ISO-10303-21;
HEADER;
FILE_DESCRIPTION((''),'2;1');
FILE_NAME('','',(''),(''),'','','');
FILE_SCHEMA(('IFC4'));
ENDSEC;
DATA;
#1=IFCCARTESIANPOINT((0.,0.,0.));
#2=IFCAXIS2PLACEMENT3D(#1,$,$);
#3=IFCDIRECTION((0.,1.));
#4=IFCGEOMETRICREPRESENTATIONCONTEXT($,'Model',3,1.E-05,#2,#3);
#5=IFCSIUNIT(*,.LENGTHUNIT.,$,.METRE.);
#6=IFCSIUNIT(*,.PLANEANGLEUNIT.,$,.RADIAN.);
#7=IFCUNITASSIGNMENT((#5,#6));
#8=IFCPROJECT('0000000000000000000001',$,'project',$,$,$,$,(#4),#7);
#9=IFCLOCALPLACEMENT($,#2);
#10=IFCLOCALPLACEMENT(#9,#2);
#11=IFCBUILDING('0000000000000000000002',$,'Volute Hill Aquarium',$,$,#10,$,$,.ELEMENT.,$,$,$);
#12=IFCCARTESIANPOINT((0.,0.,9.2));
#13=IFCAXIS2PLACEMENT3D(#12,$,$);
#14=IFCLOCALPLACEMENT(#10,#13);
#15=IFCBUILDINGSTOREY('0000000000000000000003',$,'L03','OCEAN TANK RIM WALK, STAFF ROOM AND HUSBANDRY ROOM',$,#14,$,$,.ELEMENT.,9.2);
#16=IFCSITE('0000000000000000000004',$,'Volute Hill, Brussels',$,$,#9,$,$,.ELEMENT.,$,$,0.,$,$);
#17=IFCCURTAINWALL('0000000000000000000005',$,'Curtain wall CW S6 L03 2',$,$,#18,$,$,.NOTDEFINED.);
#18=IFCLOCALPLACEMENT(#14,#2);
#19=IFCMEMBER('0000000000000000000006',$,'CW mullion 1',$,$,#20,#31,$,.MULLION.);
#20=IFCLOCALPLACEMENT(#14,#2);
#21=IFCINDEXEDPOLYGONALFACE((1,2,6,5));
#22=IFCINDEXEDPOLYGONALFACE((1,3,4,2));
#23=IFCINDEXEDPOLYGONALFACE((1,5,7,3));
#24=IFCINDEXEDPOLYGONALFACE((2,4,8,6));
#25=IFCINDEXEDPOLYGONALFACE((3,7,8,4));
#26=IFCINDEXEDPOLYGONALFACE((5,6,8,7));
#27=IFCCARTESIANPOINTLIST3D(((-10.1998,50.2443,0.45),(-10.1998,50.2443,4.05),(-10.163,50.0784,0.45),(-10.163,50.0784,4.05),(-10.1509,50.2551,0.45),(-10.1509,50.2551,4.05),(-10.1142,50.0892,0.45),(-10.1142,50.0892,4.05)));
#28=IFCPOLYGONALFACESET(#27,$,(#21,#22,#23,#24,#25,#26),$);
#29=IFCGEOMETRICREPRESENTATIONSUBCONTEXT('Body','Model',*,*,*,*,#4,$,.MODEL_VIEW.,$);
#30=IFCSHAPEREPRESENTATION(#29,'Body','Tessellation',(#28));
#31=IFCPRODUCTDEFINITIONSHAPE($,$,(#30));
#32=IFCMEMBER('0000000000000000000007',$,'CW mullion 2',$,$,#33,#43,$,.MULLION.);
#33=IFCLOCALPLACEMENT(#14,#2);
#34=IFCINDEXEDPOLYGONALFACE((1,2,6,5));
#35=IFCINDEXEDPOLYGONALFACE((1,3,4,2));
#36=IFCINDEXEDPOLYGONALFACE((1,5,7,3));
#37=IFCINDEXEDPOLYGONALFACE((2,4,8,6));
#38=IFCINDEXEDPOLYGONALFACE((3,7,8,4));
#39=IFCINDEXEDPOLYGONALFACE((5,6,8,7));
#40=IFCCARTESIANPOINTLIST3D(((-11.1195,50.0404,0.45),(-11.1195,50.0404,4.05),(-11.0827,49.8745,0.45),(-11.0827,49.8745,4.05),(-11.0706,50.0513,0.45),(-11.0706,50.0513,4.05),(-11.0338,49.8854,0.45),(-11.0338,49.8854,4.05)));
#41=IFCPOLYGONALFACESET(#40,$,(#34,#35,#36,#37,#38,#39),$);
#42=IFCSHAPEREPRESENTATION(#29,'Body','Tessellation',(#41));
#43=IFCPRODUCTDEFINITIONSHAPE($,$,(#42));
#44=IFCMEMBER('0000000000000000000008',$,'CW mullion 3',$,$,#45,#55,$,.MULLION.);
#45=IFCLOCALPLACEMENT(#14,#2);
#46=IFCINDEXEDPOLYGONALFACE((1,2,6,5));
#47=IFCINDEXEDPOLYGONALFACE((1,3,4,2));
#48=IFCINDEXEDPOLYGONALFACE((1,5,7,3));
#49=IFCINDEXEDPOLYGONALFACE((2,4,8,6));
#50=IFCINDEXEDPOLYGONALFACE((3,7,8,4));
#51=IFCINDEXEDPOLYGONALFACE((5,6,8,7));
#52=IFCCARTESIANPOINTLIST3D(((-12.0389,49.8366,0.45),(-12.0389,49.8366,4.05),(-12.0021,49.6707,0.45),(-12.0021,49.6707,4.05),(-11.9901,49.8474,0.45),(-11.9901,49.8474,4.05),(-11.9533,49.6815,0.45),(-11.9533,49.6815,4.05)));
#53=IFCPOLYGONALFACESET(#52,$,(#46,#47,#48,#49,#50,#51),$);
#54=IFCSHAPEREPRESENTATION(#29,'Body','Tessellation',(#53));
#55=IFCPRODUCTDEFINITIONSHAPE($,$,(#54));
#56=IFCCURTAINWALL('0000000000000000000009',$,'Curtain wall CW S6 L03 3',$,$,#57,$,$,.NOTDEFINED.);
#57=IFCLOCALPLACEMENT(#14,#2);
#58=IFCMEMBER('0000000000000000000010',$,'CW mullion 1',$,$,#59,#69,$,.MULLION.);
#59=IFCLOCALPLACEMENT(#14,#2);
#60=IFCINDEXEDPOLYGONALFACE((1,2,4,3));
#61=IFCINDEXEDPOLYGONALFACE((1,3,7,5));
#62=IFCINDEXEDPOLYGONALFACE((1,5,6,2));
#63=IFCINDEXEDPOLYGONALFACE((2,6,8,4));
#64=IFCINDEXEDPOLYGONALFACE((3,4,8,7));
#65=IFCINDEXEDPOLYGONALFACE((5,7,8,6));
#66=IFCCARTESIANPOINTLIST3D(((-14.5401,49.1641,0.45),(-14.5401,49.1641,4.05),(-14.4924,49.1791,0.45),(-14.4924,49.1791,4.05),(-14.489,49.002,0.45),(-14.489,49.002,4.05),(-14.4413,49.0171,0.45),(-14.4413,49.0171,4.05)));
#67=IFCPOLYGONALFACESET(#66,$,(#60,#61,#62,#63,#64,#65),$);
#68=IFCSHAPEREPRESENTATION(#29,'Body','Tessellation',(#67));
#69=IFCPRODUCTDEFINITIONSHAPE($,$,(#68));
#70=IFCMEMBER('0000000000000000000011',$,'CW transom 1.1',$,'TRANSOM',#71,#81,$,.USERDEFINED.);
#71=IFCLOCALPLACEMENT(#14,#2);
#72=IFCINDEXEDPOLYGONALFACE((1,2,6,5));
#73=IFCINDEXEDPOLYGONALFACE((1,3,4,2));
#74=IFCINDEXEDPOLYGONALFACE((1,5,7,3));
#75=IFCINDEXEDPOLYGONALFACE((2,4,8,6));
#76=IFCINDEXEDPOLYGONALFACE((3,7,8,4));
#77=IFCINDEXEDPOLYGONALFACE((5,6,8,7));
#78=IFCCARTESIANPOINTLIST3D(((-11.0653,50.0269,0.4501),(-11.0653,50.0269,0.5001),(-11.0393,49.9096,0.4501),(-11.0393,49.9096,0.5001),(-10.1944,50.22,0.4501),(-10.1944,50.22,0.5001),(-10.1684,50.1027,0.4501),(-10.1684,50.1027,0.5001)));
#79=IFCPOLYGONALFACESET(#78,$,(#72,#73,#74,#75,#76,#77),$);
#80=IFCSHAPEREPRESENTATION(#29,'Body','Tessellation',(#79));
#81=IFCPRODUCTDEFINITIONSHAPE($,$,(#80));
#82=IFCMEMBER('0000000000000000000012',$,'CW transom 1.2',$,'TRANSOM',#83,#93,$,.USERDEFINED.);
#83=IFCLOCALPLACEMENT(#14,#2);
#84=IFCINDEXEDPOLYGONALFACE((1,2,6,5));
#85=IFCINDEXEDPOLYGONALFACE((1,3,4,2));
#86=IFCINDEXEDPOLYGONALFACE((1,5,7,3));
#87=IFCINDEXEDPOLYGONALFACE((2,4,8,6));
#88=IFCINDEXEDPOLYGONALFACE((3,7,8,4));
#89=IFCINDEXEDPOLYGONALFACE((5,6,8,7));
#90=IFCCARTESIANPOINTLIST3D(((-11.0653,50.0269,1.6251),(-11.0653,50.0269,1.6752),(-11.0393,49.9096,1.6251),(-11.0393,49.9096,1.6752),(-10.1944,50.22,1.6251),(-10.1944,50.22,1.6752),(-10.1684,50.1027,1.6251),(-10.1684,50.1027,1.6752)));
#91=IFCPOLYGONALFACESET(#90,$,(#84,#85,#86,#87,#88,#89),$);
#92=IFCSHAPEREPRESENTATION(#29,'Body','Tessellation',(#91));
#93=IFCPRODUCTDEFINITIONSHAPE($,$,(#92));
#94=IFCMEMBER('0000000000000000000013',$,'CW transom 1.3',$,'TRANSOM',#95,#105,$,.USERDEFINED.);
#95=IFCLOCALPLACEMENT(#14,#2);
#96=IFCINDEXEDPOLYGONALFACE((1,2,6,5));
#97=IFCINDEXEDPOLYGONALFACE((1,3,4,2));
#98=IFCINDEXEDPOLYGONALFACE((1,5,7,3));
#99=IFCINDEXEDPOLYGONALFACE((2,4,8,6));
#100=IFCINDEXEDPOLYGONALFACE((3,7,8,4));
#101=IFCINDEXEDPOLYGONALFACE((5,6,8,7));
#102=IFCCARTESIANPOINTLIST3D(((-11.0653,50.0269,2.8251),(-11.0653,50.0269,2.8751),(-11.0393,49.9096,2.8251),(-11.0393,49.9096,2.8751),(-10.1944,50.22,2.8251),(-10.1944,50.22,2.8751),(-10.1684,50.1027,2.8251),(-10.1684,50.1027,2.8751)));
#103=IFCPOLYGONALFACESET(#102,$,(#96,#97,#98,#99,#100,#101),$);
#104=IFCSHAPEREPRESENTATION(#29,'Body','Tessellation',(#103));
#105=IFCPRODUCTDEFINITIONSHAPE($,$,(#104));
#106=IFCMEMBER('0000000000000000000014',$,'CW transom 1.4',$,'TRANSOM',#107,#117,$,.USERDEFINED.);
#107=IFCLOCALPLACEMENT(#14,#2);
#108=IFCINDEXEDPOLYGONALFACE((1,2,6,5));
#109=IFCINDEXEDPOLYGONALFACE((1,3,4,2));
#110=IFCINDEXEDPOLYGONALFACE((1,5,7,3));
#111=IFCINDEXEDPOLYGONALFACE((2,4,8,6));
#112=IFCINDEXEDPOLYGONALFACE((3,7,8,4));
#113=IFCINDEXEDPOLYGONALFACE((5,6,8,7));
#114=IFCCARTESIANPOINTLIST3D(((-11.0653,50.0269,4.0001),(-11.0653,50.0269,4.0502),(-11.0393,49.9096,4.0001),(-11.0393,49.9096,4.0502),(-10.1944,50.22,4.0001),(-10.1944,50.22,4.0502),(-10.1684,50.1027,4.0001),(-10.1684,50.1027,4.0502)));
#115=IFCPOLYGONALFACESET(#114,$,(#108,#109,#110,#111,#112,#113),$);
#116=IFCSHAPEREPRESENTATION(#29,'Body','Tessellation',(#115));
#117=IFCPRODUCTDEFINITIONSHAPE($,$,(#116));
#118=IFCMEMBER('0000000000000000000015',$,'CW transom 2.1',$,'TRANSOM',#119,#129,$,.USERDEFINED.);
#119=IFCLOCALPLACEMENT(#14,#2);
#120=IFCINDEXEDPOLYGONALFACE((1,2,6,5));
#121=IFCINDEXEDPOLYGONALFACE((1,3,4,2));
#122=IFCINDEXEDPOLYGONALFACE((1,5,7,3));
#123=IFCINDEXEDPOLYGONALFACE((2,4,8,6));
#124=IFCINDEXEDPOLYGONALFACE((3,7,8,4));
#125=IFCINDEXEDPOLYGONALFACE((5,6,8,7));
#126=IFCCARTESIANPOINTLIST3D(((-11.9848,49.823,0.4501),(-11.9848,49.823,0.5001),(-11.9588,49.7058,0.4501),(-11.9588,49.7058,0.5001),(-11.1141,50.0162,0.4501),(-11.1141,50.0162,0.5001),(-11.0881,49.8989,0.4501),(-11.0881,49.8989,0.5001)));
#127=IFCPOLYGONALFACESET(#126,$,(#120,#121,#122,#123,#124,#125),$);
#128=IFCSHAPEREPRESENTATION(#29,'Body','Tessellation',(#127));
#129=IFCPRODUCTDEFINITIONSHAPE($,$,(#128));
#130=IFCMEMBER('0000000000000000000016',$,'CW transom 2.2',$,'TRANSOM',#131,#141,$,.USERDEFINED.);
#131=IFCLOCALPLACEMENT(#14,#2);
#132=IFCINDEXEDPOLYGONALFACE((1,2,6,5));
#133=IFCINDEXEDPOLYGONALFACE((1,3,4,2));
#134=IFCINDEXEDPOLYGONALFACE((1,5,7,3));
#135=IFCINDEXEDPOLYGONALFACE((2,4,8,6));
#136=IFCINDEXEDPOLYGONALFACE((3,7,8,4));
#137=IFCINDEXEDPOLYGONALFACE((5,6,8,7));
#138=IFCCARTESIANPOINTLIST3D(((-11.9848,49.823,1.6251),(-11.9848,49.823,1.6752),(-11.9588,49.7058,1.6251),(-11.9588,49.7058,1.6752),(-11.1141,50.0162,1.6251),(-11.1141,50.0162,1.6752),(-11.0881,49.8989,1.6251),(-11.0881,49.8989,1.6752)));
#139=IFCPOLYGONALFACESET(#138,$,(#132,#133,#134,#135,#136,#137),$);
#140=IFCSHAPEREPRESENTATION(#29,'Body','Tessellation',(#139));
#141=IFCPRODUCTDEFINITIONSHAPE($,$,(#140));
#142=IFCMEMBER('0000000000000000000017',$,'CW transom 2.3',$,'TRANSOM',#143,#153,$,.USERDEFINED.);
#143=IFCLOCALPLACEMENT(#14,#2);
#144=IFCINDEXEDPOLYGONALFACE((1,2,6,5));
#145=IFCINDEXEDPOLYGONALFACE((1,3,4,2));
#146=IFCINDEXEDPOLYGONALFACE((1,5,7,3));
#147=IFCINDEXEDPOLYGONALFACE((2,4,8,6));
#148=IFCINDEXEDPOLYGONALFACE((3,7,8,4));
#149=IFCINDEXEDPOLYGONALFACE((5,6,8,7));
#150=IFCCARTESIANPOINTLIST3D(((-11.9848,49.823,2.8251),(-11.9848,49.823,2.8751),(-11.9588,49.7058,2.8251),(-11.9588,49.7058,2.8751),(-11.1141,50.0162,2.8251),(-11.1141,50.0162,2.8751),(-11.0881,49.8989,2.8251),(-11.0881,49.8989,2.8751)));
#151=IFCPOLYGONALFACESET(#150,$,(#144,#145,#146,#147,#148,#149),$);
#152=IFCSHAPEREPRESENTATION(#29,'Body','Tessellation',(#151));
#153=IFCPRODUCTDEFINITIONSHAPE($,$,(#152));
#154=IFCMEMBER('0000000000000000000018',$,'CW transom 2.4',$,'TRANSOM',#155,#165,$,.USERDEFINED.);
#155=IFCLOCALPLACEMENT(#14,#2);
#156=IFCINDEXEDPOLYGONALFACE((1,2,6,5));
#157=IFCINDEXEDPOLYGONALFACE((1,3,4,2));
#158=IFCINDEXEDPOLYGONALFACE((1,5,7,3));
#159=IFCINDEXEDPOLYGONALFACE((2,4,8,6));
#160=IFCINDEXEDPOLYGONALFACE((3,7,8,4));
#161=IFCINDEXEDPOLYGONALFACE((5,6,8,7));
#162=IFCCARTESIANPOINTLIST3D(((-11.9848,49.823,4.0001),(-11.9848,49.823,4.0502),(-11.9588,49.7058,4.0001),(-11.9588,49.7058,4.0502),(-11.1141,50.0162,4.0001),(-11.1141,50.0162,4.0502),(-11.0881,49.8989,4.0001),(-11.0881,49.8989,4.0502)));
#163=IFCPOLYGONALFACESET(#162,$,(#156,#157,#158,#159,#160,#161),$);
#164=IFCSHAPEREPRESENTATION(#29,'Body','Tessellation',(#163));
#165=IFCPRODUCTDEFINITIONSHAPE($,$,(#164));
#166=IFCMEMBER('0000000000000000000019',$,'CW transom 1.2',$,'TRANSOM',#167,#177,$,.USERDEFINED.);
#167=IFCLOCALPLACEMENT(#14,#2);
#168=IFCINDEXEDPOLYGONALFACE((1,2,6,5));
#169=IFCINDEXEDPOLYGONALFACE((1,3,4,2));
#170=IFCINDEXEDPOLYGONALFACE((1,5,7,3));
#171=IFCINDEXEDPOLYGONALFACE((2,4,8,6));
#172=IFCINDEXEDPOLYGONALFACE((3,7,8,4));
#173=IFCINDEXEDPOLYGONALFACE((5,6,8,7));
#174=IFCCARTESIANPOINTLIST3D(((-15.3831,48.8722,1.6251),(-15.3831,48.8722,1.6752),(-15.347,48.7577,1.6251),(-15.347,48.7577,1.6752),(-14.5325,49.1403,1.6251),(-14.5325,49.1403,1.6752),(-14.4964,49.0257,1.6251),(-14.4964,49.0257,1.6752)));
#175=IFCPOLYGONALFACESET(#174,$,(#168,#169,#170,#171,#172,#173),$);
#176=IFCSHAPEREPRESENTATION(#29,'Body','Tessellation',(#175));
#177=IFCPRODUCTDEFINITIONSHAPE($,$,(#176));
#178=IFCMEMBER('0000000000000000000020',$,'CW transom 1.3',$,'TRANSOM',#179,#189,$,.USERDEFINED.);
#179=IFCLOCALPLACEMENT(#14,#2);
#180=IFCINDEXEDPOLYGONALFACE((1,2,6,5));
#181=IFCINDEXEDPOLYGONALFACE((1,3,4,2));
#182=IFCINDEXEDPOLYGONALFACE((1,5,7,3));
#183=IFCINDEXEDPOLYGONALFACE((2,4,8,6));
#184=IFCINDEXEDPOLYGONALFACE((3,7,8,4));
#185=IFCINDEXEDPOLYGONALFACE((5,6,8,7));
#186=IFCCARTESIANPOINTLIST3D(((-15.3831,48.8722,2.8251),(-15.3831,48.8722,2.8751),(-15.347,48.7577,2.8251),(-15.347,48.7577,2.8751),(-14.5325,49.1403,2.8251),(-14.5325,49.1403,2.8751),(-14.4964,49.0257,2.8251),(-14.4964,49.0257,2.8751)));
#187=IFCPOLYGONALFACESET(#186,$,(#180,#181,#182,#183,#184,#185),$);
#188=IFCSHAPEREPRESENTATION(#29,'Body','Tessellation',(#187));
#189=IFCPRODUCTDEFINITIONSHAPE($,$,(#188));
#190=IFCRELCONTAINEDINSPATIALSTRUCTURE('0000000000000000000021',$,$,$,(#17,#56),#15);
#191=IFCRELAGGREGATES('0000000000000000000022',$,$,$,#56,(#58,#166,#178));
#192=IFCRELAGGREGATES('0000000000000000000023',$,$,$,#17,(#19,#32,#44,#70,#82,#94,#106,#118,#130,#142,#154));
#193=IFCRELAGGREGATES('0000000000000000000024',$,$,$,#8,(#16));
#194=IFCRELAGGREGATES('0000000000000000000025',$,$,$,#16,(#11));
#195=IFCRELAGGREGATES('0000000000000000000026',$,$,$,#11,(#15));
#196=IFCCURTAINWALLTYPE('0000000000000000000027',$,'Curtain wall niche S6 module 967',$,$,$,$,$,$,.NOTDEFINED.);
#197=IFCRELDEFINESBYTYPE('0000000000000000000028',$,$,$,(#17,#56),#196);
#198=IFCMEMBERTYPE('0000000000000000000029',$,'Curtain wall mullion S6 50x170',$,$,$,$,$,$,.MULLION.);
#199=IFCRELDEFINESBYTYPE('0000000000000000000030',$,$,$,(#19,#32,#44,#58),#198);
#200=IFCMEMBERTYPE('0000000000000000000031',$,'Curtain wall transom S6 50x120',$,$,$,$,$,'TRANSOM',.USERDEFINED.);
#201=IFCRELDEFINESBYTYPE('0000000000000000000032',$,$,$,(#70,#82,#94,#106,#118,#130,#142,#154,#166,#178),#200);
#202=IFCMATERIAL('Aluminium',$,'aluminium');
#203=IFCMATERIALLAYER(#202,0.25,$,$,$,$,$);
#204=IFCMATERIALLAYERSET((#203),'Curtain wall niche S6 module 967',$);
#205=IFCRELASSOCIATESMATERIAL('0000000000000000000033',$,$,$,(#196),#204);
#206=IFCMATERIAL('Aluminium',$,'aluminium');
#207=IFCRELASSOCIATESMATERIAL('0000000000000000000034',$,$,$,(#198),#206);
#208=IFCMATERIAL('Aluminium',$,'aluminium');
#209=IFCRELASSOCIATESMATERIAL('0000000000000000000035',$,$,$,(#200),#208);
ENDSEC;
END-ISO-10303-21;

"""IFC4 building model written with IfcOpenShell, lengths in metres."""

from ifc_helpers import new_model, si_unit, direction, frame, origin, origin_2d, place, context, subcontext, project, spatial, rectangle, extrude, material, layer, layer_set, material_profile, profile_set, type_object, element, aggregate, save


model = new_model("IFC4")

# Units and contexts
model_context = context("Model", 3, precision=1e-05, world=origin(), true_north=direction((0.0, 1.0)))
body_context = subcontext(model_context, "Body", "Model", "MODEL_VIEW")
ifc_project = project(units=[si_unit("LENGTHUNIT", "METRE"), si_unit("PLANEANGLEUNIT", "RADIAN")], contexts=[model_context])

# Site, building, storey
site_placement = place(None, origin())
site = spatial("IfcSite", under=ifc_project, at=site_placement, Name="Volute Hill, Brussels", CompositionType="ELEMENT", RefElevation=0.0)
building_placement = place(site_placement, origin())
building = spatial("IfcBuilding", under=site, at=building_placement, Name="Volute Hill Aquarium", CompositionType="ELEMENT")
storey_placement = place(building_placement, frame((0.0, 0.0, 9.2)))
storey = spatial("IfcBuildingStorey", under=building, at=storey_placement, Name="L03", Description="OCEAN TANK RIM WALK, STAFF ROOM AND HUSBANDRY ROOM", CompositionType="ELEMENT", Elevation=9.2)

# Curtain wall, members
ifc_material_1 = material(Name="Aluminium", Category="aluminium")
ifc_layer_1 = layer(ifc_material_1, 0.25)
ifc_layer_set_1 = layer_set([ifc_layer_1], Name="Curtain wall niche S6 module 967")
curtain_wall_type = type_object("IfcCurtainWallType", Name="Curtain wall niche S6 module 967", PredefinedType="NOTDEFINED", material=ifc_layer_set_1)
curtain_wall_1_placement = place(storey_placement, origin())
curtain_wall_1 = element("IfcCurtainWall", 1, at=curtain_wall_1_placement, inside=storey, type_object=curtain_wall_type, Name="Curtain wall CW S6 L03 2", PredefinedType="NOTDEFINED")
ifc_material_2 = material(Name="Aluminium", Category="aluminium")
ifc_material_profile_1 = material_profile(ifc_material_2, rectangle(XDim=0.1699, YDim=0.05, at=origin_2d()), Name="Curtain wall mullion S6 50x170")
ifc_profile_set_1 = profile_set([ifc_material_profile_1], Name="Aluminium")
member_type_1 = type_object("IfcMemberType", Name="Curtain wall mullion S6 50x170", PredefinedType="MULLION", material=ifc_profile_set_1)
member_1_placement = place(storey_placement, frame((-10.157, 50.1667, 0.45), z_axis=(0.0, 0.0, 1.0), x_axis=(0.216429, -0.976298, 0.0)))
member_1 = element("IfcMember", 2, at=member_1_placement, type_object=member_type_1, Name="CW mullion 1", PredefinedType="MULLION", context=body_context, shape_type="SweptSolid", body=[
    extrude(rectangle(XDim=0.1699, YDim=0.05, at=origin_2d()), origin(), (0.0, 0.0, 1.0), 3.6001),
])
member_2_placement = place(storey_placement, frame((-11.0767, 49.9629, 0.45), z_axis=(0.0, 0.0, 1.0), x_axis=(0.216429, -0.976298, 0.0)))
member_2 = element("IfcMember", 3, at=member_2_placement, type_object=member_type_1, Name="CW mullion 2", PredefinedType="MULLION", context=body_context, shape_type="SweptSolid", body=[
    extrude(rectangle(XDim=0.1699, YDim=0.05, at=origin_2d()), origin(), (0.0, 0.0, 1.0), 3.6001),
])
member_3_placement = place(storey_placement, frame((-11.9961, 49.759, 0.45), z_axis=(0.0, 0.0, 1.0), x_axis=(0.216429, -0.976298, 0.0)))
member_3 = element("IfcMember", 4, at=member_3_placement, type_object=member_type_1, Name="CW mullion 3", PredefinedType="MULLION", context=body_context, shape_type="SweptSolid", body=[
    extrude(rectangle(XDim=0.1699, YDim=0.05, at=origin_2d()), origin(), (0.0, 0.0, 1.0), 3.6001),
])

# Curtain wall, member
curtain_wall_2_placement = place(storey_placement, origin())
curtain_wall_2 = element("IfcCurtainWall", 5, at=curtain_wall_2_placement, inside=storey, type_object=curtain_wall_type, Name="Curtain wall CW S6 L03 3", PredefinedType="NOTDEFINED")
member_4_placement = place(storey_placement, frame((-14.4907, 49.0906, 0.45), z_axis=(0.0, 0.0, 1.0), x_axis=(0.300706, -0.953717, 0.0)))
member_4 = element("IfcMember", 6, at=member_4_placement, type_object=member_type_1, Name="CW mullion 1", PredefinedType="MULLION", context=body_context, shape_type="SweptSolid", body=[
    extrude(rectangle(XDim=0.1699, YDim=0.05, at=origin_2d()), origin(), (0.0, 0.0, 1.0), 3.6001),
])

# Members
ifc_material_3 = material(Name="Aluminium", Category="aluminium")
ifc_material_profile_2 = material_profile(ifc_material_3, rectangle(XDim=0.1201, YDim=0.05, at=origin_2d()), Name="Curtain wall transom S6 50x120")
ifc_profile_set_2 = profile_set([ifc_material_profile_2], Name="Aluminium")
member_type_2 = type_object("IfcMemberType", Name="Curtain wall transom S6 50x120", ElementType="TRANSOM", PredefinedType="USERDEFINED", material=ifc_profile_set_2)
member_5_placement = place(storey_placement, frame((-10.1814, 50.1614, 0.4751), z_axis=(-0.976284, -0.216496, 0.0), x_axis=(0.216496, -0.976284, 0.0)))
member_5 = element("IfcMember", 7, at=member_5_placement, type_object=member_type_2, Name="CW transom 1.1", ObjectType="TRANSOM", PredefinedType="USERDEFINED", context=body_context, shape_type="SweptSolid", body=[
    extrude(rectangle(XDim=0.1201, YDim=0.05, at=origin_2d()), origin(), (0.0, 0.0, 1.0), 0.8921),
])
member_6_placement = place(storey_placement, frame((-10.1814, 50.1614, 1.6501), z_axis=(-0.976284, -0.216496, 0.0), x_axis=(0.216496, -0.976284, 0.0)))
member_6 = element("IfcMember", 8, at=member_6_placement, type_object=member_type_2, Name="CW transom 1.2", ObjectType="TRANSOM", PredefinedType="USERDEFINED", context=body_context, shape_type="SweptSolid", body=[
    extrude(rectangle(XDim=0.1201, YDim=0.05, at=origin_2d()), origin(), (0.0, 0.0, 1.0), 0.8921),
])
member_7_placement = place(storey_placement, frame((-10.1814, 50.1614, 2.8501), z_axis=(-0.976284, -0.216496, 0.0), x_axis=(0.216496, -0.976284, 0.0)))
member_7 = element("IfcMember", 9, at=member_7_placement, type_object=member_type_2, Name="CW transom 1.3", ObjectType="TRANSOM", PredefinedType="USERDEFINED", context=body_context, shape_type="SweptSolid", body=[
    extrude(rectangle(XDim=0.1201, YDim=0.05, at=origin_2d()), origin(), (0.0, 0.0, 1.0), 0.8921),
])
member_8_placement = place(storey_placement, frame((-10.1814, 50.1614, 4.0251), z_axis=(-0.976284, -0.216496, 0.0), x_axis=(0.216496, -0.976284, 0.0)))
member_8 = element("IfcMember", 10, at=member_8_placement, type_object=member_type_2, Name="CW transom 1.4", ObjectType="TRANSOM", PredefinedType="USERDEFINED", context=body_context, shape_type="SweptSolid", body=[
    extrude(rectangle(XDim=0.1201, YDim=0.05, at=origin_2d()), origin(), (0.0, 0.0, 1.0), 0.8921),
])
member_9_placement = place(storey_placement, frame((-11.1011, 49.9575, 0.4751), z_axis=(-0.976271, -0.216554, 0.0), x_axis=(0.216554, -0.976271, 0.0)))
member_9 = element("IfcMember", 11, at=member_9_placement, type_object=member_type_2, Name="CW transom 2.1", ObjectType="TRANSOM", PredefinedType="USERDEFINED", context=body_context, shape_type="SweptSolid", body=[
    extrude(rectangle(XDim=0.1201, YDim=0.05, at=origin_2d()), origin(), (0.0, 0.0, 1.0), 0.8918),
])
member_10_placement = place(storey_placement, frame((-11.1011, 49.9575, 1.6501), z_axis=(-0.976271, -0.216554, 0.0), x_axis=(0.216554, -0.976271, 0.0)))
member_10 = element("IfcMember", 12, at=member_10_placement, type_object=member_type_2, Name="CW transom 2.2", ObjectType="TRANSOM", PredefinedType="USERDEFINED", context=body_context, shape_type="SweptSolid", body=[
    extrude(rectangle(XDim=0.1201, YDim=0.05, at=origin_2d()), origin(), (0.0, 0.0, 1.0), 0.8918),
])
member_11_placement = place(storey_placement, frame((-11.1011, 49.9575, 2.8501), z_axis=(-0.976271, -0.216554, 0.0), x_axis=(0.216554, -0.976271, 0.0)))
member_11 = element("IfcMember", 13, at=member_11_placement, type_object=member_type_2, Name="CW transom 2.3", ObjectType="TRANSOM", PredefinedType="USERDEFINED", context=body_context, shape_type="SweptSolid", body=[
    extrude(rectangle(XDim=0.1201, YDim=0.05, at=origin_2d()), origin(), (0.0, 0.0, 1.0), 0.8918),
])
member_12_placement = place(storey_placement, frame((-11.1011, 49.9575, 4.0251), z_axis=(-0.976271, -0.216554, 0.0), x_axis=(0.216554, -0.976271, 0.0)))
member_12 = element("IfcMember", 14, at=member_12_placement, type_object=member_type_2, Name="CW transom 2.4", ObjectType="TRANSOM", PredefinedType="USERDEFINED", context=body_context, shape_type="SweptSolid", body=[
    extrude(rectangle(XDim=0.1201, YDim=0.05, at=origin_2d()), origin(), (0.0, 0.0, 1.0), 0.8918),
])
member_13_placement = place(storey_placement, frame((-14.5144, 49.083, 1.6501), z_axis=(-0.953756, -0.300581, 0.0), x_axis=(0.300581, -0.953756, 0.0)))
member_13 = element("IfcMember", 15, at=member_13_placement, type_object=member_type_2, Name="CW transom 1.2", ObjectType="TRANSOM", PredefinedType="USERDEFINED", context=body_context, shape_type="SweptSolid", body=[
    extrude(rectangle(XDim=0.1201, YDim=0.05, at=origin_2d()), origin(), (0.0, 0.0, 1.0), 0.8918),
])
member_14_placement = place(storey_placement, frame((-14.5144, 49.083, 2.8501), z_axis=(-0.953756, -0.300581, 0.0), x_axis=(0.300581, -0.953756, 0.0)))
member_14 = element("IfcMember", 16, at=member_14_placement, type_object=member_type_2, Name="CW transom 1.3", ObjectType="TRANSOM", PredefinedType="USERDEFINED", context=body_context, shape_type="SweptSolid", body=[
    extrude(rectangle(XDim=0.1201, YDim=0.05, at=origin_2d()), origin(), (0.0, 0.0, 1.0), 0.8918),
])
aggregate(curtain_wall_2, [member_4, member_13, member_14])

aggregate(curtain_wall_1, [member_1, member_2, member_3, member_5, member_6, member_7, member_8, member_9, member_10, member_11, member_12])

save(model, "model.ifc")
